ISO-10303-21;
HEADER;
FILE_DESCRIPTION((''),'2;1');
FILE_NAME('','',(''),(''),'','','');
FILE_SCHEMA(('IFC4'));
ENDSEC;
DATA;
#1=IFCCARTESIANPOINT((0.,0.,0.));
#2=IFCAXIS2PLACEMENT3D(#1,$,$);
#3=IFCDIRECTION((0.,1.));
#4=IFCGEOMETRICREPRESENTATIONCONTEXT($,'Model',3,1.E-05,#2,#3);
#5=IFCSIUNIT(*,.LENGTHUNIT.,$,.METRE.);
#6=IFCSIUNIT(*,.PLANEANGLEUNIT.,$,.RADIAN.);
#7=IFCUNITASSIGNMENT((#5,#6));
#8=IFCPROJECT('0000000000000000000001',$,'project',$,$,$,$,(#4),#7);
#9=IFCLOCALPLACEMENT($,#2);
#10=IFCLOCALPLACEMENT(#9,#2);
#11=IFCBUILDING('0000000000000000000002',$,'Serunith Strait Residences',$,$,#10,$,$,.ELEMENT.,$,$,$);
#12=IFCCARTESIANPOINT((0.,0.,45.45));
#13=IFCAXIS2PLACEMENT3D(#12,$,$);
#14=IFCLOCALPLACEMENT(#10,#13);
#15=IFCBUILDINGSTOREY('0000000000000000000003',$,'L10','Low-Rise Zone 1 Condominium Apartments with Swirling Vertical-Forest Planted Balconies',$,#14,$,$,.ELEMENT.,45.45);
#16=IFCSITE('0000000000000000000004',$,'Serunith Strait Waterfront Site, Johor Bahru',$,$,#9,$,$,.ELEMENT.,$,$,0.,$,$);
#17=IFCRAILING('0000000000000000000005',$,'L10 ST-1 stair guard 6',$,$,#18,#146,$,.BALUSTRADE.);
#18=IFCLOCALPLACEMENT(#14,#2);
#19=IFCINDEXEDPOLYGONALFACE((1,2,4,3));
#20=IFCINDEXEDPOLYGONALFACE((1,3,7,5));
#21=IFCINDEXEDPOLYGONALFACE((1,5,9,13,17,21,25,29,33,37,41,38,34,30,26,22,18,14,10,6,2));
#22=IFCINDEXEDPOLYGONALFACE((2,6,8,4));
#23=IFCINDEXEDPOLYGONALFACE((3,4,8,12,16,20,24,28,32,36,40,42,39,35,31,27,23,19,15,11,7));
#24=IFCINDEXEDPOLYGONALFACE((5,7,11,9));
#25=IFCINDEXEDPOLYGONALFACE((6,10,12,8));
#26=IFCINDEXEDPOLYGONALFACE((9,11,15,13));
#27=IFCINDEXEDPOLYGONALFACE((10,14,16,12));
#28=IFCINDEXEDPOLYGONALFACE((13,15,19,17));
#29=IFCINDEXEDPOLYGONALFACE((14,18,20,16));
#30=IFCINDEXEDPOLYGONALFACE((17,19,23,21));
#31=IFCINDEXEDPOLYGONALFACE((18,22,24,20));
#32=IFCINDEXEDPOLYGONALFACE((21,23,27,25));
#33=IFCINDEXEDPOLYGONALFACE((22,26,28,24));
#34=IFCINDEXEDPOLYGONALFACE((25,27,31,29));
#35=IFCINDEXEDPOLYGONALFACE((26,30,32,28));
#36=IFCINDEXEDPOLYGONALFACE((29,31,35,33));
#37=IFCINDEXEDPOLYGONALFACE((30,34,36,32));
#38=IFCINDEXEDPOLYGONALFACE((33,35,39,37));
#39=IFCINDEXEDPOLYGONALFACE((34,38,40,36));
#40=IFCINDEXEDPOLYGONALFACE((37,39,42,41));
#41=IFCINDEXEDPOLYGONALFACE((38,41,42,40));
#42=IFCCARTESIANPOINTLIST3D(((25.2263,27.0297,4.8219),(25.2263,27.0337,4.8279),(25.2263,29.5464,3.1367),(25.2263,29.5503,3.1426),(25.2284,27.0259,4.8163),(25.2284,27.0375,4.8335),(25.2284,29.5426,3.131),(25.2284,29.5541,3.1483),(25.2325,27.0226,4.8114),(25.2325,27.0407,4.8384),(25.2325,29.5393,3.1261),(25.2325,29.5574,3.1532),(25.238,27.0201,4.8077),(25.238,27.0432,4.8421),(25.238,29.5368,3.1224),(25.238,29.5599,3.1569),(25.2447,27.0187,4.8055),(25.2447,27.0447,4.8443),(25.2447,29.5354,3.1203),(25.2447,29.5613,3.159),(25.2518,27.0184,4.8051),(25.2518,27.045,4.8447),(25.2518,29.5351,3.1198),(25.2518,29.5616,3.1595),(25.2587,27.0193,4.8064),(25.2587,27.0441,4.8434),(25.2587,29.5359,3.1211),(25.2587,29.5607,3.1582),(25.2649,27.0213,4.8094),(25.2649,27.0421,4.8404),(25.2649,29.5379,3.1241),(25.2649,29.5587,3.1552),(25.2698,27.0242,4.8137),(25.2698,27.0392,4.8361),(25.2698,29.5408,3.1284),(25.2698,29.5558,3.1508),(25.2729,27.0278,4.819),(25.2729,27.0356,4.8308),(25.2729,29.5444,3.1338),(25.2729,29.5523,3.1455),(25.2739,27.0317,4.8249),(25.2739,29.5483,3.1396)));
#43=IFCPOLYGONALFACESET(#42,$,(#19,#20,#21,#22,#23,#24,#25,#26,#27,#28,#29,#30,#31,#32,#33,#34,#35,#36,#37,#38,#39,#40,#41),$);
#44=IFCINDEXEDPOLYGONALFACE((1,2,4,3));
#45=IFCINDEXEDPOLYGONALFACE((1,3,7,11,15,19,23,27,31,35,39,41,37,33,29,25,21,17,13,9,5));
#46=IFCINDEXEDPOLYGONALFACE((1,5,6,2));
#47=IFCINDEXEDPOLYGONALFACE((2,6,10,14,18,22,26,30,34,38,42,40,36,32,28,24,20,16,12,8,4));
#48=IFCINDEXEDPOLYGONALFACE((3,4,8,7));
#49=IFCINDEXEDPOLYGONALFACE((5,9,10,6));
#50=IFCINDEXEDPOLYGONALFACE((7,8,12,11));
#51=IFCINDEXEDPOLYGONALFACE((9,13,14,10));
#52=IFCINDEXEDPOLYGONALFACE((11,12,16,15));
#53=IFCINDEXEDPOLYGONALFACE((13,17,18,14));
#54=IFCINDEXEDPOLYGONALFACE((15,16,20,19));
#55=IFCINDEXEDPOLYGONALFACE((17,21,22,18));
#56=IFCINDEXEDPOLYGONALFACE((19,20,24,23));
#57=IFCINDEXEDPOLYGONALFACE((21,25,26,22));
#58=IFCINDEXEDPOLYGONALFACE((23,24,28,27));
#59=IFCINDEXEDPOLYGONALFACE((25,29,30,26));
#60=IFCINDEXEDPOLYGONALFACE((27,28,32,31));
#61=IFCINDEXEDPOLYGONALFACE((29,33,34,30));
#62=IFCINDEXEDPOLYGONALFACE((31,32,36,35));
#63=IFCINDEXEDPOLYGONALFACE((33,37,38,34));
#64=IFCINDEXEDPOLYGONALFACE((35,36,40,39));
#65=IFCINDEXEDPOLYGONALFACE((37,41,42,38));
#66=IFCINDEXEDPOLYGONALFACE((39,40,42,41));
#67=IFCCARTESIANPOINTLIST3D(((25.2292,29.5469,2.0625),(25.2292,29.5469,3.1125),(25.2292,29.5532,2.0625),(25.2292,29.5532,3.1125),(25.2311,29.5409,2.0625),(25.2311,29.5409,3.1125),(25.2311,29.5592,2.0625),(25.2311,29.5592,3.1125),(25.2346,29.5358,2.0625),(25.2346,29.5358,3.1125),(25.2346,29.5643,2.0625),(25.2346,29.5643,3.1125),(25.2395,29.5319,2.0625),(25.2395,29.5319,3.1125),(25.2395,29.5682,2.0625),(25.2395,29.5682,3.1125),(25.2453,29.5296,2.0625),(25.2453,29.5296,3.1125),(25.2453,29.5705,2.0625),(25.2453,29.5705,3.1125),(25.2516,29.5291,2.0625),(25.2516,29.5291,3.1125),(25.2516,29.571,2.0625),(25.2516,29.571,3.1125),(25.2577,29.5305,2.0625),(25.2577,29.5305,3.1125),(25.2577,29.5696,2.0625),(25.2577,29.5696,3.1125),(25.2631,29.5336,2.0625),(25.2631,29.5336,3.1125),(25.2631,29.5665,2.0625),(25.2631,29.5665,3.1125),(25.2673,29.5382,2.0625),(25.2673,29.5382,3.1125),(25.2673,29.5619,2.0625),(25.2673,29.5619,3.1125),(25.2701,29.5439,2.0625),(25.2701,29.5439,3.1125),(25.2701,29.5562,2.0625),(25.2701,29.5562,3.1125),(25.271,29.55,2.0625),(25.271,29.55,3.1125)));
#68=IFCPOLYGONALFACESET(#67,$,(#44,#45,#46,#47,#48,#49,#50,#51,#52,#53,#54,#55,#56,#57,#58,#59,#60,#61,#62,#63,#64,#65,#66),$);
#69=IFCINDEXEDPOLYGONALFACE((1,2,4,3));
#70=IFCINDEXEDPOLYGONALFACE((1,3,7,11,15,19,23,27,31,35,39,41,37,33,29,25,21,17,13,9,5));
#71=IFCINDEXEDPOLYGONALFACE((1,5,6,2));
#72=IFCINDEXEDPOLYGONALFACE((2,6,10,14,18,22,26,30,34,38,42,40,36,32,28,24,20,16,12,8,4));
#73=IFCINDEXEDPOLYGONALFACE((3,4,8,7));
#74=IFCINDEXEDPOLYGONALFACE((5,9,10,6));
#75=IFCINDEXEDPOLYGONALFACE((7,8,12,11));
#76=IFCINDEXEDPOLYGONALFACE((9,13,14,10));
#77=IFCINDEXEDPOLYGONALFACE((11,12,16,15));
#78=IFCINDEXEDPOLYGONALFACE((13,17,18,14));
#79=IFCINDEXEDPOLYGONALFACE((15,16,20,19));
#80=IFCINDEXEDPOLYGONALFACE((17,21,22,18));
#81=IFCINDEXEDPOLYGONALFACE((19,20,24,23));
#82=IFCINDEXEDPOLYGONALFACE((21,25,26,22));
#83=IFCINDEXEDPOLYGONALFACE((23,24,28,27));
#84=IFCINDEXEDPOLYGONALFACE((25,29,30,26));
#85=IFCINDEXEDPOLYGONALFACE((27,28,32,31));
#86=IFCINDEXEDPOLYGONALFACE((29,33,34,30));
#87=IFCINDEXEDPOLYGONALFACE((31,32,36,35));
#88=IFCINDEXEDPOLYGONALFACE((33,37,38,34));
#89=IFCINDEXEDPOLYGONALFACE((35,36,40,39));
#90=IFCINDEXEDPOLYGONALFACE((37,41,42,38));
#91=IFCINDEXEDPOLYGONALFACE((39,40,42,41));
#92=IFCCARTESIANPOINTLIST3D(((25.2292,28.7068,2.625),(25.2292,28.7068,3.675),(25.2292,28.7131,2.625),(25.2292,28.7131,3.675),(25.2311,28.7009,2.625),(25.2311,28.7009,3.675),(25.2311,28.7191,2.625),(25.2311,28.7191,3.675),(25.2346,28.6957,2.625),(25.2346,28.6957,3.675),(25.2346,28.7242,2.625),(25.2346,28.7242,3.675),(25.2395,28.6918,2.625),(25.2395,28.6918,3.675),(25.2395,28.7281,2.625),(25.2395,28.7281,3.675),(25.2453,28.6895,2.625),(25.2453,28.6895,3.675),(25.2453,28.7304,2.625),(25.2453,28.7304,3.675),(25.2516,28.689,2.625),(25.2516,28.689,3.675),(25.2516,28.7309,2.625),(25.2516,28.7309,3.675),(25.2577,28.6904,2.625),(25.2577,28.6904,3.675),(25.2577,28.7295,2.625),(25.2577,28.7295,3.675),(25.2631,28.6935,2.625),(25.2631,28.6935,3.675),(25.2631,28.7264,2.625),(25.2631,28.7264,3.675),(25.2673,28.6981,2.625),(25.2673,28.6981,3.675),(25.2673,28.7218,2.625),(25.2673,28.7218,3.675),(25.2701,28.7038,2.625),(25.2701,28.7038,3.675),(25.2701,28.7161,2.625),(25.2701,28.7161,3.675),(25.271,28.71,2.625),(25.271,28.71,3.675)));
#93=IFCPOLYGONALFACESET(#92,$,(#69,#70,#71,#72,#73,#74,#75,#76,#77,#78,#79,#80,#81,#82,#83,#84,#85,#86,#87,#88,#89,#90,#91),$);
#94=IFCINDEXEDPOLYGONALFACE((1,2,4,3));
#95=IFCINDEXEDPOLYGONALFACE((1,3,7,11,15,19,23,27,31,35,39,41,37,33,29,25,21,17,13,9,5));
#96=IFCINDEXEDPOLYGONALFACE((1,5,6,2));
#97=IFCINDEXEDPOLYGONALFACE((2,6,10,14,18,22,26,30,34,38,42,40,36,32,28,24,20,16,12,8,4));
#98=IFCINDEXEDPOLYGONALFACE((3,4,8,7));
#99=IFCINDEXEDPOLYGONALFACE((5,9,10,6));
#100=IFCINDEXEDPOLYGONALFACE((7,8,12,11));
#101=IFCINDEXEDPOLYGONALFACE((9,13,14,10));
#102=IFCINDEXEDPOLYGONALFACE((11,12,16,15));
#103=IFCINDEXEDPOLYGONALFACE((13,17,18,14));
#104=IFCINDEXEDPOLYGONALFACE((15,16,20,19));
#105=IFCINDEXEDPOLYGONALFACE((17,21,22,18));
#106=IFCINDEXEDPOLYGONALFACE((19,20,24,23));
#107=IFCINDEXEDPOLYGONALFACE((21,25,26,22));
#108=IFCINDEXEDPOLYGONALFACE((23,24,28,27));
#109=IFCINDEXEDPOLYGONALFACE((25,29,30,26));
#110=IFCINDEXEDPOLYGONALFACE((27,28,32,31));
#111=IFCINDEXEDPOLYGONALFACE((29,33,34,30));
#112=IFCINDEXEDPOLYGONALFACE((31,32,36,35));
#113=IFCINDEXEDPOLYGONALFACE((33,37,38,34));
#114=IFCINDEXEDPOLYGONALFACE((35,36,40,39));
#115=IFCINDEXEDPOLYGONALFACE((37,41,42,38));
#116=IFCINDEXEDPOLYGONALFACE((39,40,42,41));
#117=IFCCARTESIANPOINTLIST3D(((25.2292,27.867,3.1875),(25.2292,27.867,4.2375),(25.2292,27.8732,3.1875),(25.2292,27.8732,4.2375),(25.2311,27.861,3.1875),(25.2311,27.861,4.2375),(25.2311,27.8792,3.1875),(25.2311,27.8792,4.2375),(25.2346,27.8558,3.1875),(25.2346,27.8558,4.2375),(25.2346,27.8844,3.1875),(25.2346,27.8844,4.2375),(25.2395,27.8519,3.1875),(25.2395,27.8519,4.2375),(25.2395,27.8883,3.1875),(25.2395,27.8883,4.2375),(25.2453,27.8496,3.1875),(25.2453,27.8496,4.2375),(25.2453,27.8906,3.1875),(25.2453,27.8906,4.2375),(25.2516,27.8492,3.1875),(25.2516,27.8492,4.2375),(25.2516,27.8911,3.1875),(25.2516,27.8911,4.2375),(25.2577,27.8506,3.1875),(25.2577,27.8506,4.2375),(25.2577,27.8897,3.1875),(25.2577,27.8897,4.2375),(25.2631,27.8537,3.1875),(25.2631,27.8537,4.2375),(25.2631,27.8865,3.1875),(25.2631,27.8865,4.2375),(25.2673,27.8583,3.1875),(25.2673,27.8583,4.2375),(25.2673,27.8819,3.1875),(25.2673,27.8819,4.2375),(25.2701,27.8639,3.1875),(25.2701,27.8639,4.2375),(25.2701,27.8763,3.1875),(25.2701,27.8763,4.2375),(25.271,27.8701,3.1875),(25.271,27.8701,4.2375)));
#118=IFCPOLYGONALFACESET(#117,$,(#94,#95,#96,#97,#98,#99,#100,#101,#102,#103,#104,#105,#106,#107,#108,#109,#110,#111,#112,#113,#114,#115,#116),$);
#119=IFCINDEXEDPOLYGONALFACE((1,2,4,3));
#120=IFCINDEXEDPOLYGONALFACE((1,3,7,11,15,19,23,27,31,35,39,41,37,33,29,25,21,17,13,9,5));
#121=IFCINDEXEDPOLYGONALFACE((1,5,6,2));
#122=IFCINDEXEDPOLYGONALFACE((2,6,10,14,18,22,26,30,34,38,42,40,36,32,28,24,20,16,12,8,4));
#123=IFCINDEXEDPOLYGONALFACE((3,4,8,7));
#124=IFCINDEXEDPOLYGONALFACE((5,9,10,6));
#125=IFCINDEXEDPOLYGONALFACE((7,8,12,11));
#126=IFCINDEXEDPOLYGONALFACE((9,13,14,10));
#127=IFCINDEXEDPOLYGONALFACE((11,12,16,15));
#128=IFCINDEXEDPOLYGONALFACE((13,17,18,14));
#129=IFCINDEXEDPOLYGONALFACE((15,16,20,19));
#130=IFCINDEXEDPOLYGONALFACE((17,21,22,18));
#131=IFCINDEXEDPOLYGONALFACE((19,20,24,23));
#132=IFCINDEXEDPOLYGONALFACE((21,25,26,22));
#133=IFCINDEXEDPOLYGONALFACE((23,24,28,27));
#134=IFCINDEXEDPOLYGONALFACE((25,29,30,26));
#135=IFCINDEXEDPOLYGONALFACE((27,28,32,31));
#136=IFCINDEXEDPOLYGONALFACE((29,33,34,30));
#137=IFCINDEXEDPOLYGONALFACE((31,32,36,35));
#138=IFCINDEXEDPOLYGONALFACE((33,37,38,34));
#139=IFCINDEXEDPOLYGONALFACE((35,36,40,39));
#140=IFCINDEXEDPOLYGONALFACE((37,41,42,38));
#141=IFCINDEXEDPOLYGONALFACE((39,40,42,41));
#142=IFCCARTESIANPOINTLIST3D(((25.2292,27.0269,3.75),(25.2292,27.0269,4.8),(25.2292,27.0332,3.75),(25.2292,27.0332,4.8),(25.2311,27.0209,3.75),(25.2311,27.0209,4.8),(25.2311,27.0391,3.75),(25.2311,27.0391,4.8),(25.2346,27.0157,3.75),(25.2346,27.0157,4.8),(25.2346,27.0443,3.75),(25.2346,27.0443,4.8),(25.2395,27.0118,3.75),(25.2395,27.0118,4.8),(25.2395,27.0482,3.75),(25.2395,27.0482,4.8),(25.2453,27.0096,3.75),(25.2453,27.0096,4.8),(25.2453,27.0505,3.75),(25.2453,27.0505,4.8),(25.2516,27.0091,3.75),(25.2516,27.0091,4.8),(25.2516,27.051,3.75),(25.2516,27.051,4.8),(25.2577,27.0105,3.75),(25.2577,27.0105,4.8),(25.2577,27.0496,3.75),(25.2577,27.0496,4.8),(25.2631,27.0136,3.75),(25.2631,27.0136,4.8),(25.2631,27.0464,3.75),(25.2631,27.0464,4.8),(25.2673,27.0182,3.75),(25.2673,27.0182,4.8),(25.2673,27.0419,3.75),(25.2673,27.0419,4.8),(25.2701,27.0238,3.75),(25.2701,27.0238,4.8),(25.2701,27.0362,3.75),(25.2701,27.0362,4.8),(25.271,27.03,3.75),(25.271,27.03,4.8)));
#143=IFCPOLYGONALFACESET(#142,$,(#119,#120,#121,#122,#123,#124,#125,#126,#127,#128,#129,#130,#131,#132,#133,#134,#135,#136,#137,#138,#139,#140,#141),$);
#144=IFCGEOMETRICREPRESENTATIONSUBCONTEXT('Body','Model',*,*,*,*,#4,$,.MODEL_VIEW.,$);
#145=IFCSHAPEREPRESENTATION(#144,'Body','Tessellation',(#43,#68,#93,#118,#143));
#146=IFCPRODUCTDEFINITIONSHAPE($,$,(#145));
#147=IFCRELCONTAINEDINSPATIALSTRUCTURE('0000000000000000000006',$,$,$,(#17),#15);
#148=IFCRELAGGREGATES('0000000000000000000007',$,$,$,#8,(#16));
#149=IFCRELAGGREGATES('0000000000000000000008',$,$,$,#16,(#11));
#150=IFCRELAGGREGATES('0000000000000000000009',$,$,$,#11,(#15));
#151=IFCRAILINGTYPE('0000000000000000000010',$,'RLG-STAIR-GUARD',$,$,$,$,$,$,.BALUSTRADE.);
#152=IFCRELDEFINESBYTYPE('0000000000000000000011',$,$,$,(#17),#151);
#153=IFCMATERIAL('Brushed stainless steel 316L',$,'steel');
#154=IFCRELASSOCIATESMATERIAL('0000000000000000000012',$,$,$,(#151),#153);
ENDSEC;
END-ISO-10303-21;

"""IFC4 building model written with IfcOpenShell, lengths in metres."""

from ifc_helpers import new_model, si_unit, direction, frame, origin, origin_2d, place, context, subcontext, project, spatial, circle, extrude, material, type_object, element, save


model = new_model("IFC4")

# Units and contexts
model_context = context("Model", 3, precision=1e-05, world=origin(), true_north=direction((0.0, 1.0)))
body_context = subcontext(model_context, "Body", "Model", "MODEL_VIEW")
ifc_project = project(units=[si_unit("LENGTHUNIT", "METRE"), si_unit("PLANEANGLEUNIT", "RADIAN")], contexts=[model_context])

# Site, building, storey
site_placement = place(None, origin())
site = spatial("IfcSite", under=ifc_project, at=site_placement, Name="Serunith Strait Waterfront Site, Johor Bahru", CompositionType="ELEMENT", RefElevation=0.0)
building_placement = place(site_placement, origin())
building = spatial("IfcBuilding", under=site, at=building_placement, Name="Serunith Strait Residences", CompositionType="ELEMENT")
storey_placement = place(building_placement, frame((0.0, 0.0, 45.45)))
storey = spatial("IfcBuildingStorey", under=building, at=storey_placement, Name="L10", Description="Low-Rise Zone 1 Condominium Apartments with Swirling Vertical-Forest Planted Balconies", CompositionType="ELEMENT", Elevation=45.45)

# Railing
ifc_material_1 = material(Name="Brushed stainless steel 316L", Category="steel")
railing_type_1 = type_object("IfcRailingType", Name="RLG-STAIR-GUARD", PredefinedType="BALUSTRADE", material=ifc_material_1)
railing_1_placement = place(storey_placement, frame((25.25, 29.55, 2.0625)))
element("IfcRailing", 1, at=railing_1_placement, inside=storey, type_object=railing_type_1, Name="L10 ST-1 stair guard 6", PredefinedType="BALUSTRADE", context=body_context, shape_type="SweptSolid", body=[
    extrude(circle(Radius=0.0239, at=origin_2d()), frame((0.0, -0.0017, 1.0771), z_axis=(0.0, -0.830909, 0.556408), x_axis=(1.0, 0.0, 0.0)), (0.0, 0.0, 1.0), 3.0288),
    extrude(circle(Radius=0.021, at=origin_2d()), origin(), (0.0, 0.0, 1.0), 1.05),
    extrude(circle(Radius=0.021, at=origin_2d()), frame((0.0, -0.8401, 0.5625)), (0.0, 0.0, 1.0), 1.05),
    extrude(circle(Radius=0.021, at=origin_2d()), frame((0.0, -1.6799, 1.125)), (0.0, 0.0, 1.0), 1.05),
    extrude(circle(Radius=0.021, at=origin_2d()), frame((0.0, -2.52, 1.6875)), (0.0, 0.0, 1.0), 1.05),
])

save(model, "model.ifc")
